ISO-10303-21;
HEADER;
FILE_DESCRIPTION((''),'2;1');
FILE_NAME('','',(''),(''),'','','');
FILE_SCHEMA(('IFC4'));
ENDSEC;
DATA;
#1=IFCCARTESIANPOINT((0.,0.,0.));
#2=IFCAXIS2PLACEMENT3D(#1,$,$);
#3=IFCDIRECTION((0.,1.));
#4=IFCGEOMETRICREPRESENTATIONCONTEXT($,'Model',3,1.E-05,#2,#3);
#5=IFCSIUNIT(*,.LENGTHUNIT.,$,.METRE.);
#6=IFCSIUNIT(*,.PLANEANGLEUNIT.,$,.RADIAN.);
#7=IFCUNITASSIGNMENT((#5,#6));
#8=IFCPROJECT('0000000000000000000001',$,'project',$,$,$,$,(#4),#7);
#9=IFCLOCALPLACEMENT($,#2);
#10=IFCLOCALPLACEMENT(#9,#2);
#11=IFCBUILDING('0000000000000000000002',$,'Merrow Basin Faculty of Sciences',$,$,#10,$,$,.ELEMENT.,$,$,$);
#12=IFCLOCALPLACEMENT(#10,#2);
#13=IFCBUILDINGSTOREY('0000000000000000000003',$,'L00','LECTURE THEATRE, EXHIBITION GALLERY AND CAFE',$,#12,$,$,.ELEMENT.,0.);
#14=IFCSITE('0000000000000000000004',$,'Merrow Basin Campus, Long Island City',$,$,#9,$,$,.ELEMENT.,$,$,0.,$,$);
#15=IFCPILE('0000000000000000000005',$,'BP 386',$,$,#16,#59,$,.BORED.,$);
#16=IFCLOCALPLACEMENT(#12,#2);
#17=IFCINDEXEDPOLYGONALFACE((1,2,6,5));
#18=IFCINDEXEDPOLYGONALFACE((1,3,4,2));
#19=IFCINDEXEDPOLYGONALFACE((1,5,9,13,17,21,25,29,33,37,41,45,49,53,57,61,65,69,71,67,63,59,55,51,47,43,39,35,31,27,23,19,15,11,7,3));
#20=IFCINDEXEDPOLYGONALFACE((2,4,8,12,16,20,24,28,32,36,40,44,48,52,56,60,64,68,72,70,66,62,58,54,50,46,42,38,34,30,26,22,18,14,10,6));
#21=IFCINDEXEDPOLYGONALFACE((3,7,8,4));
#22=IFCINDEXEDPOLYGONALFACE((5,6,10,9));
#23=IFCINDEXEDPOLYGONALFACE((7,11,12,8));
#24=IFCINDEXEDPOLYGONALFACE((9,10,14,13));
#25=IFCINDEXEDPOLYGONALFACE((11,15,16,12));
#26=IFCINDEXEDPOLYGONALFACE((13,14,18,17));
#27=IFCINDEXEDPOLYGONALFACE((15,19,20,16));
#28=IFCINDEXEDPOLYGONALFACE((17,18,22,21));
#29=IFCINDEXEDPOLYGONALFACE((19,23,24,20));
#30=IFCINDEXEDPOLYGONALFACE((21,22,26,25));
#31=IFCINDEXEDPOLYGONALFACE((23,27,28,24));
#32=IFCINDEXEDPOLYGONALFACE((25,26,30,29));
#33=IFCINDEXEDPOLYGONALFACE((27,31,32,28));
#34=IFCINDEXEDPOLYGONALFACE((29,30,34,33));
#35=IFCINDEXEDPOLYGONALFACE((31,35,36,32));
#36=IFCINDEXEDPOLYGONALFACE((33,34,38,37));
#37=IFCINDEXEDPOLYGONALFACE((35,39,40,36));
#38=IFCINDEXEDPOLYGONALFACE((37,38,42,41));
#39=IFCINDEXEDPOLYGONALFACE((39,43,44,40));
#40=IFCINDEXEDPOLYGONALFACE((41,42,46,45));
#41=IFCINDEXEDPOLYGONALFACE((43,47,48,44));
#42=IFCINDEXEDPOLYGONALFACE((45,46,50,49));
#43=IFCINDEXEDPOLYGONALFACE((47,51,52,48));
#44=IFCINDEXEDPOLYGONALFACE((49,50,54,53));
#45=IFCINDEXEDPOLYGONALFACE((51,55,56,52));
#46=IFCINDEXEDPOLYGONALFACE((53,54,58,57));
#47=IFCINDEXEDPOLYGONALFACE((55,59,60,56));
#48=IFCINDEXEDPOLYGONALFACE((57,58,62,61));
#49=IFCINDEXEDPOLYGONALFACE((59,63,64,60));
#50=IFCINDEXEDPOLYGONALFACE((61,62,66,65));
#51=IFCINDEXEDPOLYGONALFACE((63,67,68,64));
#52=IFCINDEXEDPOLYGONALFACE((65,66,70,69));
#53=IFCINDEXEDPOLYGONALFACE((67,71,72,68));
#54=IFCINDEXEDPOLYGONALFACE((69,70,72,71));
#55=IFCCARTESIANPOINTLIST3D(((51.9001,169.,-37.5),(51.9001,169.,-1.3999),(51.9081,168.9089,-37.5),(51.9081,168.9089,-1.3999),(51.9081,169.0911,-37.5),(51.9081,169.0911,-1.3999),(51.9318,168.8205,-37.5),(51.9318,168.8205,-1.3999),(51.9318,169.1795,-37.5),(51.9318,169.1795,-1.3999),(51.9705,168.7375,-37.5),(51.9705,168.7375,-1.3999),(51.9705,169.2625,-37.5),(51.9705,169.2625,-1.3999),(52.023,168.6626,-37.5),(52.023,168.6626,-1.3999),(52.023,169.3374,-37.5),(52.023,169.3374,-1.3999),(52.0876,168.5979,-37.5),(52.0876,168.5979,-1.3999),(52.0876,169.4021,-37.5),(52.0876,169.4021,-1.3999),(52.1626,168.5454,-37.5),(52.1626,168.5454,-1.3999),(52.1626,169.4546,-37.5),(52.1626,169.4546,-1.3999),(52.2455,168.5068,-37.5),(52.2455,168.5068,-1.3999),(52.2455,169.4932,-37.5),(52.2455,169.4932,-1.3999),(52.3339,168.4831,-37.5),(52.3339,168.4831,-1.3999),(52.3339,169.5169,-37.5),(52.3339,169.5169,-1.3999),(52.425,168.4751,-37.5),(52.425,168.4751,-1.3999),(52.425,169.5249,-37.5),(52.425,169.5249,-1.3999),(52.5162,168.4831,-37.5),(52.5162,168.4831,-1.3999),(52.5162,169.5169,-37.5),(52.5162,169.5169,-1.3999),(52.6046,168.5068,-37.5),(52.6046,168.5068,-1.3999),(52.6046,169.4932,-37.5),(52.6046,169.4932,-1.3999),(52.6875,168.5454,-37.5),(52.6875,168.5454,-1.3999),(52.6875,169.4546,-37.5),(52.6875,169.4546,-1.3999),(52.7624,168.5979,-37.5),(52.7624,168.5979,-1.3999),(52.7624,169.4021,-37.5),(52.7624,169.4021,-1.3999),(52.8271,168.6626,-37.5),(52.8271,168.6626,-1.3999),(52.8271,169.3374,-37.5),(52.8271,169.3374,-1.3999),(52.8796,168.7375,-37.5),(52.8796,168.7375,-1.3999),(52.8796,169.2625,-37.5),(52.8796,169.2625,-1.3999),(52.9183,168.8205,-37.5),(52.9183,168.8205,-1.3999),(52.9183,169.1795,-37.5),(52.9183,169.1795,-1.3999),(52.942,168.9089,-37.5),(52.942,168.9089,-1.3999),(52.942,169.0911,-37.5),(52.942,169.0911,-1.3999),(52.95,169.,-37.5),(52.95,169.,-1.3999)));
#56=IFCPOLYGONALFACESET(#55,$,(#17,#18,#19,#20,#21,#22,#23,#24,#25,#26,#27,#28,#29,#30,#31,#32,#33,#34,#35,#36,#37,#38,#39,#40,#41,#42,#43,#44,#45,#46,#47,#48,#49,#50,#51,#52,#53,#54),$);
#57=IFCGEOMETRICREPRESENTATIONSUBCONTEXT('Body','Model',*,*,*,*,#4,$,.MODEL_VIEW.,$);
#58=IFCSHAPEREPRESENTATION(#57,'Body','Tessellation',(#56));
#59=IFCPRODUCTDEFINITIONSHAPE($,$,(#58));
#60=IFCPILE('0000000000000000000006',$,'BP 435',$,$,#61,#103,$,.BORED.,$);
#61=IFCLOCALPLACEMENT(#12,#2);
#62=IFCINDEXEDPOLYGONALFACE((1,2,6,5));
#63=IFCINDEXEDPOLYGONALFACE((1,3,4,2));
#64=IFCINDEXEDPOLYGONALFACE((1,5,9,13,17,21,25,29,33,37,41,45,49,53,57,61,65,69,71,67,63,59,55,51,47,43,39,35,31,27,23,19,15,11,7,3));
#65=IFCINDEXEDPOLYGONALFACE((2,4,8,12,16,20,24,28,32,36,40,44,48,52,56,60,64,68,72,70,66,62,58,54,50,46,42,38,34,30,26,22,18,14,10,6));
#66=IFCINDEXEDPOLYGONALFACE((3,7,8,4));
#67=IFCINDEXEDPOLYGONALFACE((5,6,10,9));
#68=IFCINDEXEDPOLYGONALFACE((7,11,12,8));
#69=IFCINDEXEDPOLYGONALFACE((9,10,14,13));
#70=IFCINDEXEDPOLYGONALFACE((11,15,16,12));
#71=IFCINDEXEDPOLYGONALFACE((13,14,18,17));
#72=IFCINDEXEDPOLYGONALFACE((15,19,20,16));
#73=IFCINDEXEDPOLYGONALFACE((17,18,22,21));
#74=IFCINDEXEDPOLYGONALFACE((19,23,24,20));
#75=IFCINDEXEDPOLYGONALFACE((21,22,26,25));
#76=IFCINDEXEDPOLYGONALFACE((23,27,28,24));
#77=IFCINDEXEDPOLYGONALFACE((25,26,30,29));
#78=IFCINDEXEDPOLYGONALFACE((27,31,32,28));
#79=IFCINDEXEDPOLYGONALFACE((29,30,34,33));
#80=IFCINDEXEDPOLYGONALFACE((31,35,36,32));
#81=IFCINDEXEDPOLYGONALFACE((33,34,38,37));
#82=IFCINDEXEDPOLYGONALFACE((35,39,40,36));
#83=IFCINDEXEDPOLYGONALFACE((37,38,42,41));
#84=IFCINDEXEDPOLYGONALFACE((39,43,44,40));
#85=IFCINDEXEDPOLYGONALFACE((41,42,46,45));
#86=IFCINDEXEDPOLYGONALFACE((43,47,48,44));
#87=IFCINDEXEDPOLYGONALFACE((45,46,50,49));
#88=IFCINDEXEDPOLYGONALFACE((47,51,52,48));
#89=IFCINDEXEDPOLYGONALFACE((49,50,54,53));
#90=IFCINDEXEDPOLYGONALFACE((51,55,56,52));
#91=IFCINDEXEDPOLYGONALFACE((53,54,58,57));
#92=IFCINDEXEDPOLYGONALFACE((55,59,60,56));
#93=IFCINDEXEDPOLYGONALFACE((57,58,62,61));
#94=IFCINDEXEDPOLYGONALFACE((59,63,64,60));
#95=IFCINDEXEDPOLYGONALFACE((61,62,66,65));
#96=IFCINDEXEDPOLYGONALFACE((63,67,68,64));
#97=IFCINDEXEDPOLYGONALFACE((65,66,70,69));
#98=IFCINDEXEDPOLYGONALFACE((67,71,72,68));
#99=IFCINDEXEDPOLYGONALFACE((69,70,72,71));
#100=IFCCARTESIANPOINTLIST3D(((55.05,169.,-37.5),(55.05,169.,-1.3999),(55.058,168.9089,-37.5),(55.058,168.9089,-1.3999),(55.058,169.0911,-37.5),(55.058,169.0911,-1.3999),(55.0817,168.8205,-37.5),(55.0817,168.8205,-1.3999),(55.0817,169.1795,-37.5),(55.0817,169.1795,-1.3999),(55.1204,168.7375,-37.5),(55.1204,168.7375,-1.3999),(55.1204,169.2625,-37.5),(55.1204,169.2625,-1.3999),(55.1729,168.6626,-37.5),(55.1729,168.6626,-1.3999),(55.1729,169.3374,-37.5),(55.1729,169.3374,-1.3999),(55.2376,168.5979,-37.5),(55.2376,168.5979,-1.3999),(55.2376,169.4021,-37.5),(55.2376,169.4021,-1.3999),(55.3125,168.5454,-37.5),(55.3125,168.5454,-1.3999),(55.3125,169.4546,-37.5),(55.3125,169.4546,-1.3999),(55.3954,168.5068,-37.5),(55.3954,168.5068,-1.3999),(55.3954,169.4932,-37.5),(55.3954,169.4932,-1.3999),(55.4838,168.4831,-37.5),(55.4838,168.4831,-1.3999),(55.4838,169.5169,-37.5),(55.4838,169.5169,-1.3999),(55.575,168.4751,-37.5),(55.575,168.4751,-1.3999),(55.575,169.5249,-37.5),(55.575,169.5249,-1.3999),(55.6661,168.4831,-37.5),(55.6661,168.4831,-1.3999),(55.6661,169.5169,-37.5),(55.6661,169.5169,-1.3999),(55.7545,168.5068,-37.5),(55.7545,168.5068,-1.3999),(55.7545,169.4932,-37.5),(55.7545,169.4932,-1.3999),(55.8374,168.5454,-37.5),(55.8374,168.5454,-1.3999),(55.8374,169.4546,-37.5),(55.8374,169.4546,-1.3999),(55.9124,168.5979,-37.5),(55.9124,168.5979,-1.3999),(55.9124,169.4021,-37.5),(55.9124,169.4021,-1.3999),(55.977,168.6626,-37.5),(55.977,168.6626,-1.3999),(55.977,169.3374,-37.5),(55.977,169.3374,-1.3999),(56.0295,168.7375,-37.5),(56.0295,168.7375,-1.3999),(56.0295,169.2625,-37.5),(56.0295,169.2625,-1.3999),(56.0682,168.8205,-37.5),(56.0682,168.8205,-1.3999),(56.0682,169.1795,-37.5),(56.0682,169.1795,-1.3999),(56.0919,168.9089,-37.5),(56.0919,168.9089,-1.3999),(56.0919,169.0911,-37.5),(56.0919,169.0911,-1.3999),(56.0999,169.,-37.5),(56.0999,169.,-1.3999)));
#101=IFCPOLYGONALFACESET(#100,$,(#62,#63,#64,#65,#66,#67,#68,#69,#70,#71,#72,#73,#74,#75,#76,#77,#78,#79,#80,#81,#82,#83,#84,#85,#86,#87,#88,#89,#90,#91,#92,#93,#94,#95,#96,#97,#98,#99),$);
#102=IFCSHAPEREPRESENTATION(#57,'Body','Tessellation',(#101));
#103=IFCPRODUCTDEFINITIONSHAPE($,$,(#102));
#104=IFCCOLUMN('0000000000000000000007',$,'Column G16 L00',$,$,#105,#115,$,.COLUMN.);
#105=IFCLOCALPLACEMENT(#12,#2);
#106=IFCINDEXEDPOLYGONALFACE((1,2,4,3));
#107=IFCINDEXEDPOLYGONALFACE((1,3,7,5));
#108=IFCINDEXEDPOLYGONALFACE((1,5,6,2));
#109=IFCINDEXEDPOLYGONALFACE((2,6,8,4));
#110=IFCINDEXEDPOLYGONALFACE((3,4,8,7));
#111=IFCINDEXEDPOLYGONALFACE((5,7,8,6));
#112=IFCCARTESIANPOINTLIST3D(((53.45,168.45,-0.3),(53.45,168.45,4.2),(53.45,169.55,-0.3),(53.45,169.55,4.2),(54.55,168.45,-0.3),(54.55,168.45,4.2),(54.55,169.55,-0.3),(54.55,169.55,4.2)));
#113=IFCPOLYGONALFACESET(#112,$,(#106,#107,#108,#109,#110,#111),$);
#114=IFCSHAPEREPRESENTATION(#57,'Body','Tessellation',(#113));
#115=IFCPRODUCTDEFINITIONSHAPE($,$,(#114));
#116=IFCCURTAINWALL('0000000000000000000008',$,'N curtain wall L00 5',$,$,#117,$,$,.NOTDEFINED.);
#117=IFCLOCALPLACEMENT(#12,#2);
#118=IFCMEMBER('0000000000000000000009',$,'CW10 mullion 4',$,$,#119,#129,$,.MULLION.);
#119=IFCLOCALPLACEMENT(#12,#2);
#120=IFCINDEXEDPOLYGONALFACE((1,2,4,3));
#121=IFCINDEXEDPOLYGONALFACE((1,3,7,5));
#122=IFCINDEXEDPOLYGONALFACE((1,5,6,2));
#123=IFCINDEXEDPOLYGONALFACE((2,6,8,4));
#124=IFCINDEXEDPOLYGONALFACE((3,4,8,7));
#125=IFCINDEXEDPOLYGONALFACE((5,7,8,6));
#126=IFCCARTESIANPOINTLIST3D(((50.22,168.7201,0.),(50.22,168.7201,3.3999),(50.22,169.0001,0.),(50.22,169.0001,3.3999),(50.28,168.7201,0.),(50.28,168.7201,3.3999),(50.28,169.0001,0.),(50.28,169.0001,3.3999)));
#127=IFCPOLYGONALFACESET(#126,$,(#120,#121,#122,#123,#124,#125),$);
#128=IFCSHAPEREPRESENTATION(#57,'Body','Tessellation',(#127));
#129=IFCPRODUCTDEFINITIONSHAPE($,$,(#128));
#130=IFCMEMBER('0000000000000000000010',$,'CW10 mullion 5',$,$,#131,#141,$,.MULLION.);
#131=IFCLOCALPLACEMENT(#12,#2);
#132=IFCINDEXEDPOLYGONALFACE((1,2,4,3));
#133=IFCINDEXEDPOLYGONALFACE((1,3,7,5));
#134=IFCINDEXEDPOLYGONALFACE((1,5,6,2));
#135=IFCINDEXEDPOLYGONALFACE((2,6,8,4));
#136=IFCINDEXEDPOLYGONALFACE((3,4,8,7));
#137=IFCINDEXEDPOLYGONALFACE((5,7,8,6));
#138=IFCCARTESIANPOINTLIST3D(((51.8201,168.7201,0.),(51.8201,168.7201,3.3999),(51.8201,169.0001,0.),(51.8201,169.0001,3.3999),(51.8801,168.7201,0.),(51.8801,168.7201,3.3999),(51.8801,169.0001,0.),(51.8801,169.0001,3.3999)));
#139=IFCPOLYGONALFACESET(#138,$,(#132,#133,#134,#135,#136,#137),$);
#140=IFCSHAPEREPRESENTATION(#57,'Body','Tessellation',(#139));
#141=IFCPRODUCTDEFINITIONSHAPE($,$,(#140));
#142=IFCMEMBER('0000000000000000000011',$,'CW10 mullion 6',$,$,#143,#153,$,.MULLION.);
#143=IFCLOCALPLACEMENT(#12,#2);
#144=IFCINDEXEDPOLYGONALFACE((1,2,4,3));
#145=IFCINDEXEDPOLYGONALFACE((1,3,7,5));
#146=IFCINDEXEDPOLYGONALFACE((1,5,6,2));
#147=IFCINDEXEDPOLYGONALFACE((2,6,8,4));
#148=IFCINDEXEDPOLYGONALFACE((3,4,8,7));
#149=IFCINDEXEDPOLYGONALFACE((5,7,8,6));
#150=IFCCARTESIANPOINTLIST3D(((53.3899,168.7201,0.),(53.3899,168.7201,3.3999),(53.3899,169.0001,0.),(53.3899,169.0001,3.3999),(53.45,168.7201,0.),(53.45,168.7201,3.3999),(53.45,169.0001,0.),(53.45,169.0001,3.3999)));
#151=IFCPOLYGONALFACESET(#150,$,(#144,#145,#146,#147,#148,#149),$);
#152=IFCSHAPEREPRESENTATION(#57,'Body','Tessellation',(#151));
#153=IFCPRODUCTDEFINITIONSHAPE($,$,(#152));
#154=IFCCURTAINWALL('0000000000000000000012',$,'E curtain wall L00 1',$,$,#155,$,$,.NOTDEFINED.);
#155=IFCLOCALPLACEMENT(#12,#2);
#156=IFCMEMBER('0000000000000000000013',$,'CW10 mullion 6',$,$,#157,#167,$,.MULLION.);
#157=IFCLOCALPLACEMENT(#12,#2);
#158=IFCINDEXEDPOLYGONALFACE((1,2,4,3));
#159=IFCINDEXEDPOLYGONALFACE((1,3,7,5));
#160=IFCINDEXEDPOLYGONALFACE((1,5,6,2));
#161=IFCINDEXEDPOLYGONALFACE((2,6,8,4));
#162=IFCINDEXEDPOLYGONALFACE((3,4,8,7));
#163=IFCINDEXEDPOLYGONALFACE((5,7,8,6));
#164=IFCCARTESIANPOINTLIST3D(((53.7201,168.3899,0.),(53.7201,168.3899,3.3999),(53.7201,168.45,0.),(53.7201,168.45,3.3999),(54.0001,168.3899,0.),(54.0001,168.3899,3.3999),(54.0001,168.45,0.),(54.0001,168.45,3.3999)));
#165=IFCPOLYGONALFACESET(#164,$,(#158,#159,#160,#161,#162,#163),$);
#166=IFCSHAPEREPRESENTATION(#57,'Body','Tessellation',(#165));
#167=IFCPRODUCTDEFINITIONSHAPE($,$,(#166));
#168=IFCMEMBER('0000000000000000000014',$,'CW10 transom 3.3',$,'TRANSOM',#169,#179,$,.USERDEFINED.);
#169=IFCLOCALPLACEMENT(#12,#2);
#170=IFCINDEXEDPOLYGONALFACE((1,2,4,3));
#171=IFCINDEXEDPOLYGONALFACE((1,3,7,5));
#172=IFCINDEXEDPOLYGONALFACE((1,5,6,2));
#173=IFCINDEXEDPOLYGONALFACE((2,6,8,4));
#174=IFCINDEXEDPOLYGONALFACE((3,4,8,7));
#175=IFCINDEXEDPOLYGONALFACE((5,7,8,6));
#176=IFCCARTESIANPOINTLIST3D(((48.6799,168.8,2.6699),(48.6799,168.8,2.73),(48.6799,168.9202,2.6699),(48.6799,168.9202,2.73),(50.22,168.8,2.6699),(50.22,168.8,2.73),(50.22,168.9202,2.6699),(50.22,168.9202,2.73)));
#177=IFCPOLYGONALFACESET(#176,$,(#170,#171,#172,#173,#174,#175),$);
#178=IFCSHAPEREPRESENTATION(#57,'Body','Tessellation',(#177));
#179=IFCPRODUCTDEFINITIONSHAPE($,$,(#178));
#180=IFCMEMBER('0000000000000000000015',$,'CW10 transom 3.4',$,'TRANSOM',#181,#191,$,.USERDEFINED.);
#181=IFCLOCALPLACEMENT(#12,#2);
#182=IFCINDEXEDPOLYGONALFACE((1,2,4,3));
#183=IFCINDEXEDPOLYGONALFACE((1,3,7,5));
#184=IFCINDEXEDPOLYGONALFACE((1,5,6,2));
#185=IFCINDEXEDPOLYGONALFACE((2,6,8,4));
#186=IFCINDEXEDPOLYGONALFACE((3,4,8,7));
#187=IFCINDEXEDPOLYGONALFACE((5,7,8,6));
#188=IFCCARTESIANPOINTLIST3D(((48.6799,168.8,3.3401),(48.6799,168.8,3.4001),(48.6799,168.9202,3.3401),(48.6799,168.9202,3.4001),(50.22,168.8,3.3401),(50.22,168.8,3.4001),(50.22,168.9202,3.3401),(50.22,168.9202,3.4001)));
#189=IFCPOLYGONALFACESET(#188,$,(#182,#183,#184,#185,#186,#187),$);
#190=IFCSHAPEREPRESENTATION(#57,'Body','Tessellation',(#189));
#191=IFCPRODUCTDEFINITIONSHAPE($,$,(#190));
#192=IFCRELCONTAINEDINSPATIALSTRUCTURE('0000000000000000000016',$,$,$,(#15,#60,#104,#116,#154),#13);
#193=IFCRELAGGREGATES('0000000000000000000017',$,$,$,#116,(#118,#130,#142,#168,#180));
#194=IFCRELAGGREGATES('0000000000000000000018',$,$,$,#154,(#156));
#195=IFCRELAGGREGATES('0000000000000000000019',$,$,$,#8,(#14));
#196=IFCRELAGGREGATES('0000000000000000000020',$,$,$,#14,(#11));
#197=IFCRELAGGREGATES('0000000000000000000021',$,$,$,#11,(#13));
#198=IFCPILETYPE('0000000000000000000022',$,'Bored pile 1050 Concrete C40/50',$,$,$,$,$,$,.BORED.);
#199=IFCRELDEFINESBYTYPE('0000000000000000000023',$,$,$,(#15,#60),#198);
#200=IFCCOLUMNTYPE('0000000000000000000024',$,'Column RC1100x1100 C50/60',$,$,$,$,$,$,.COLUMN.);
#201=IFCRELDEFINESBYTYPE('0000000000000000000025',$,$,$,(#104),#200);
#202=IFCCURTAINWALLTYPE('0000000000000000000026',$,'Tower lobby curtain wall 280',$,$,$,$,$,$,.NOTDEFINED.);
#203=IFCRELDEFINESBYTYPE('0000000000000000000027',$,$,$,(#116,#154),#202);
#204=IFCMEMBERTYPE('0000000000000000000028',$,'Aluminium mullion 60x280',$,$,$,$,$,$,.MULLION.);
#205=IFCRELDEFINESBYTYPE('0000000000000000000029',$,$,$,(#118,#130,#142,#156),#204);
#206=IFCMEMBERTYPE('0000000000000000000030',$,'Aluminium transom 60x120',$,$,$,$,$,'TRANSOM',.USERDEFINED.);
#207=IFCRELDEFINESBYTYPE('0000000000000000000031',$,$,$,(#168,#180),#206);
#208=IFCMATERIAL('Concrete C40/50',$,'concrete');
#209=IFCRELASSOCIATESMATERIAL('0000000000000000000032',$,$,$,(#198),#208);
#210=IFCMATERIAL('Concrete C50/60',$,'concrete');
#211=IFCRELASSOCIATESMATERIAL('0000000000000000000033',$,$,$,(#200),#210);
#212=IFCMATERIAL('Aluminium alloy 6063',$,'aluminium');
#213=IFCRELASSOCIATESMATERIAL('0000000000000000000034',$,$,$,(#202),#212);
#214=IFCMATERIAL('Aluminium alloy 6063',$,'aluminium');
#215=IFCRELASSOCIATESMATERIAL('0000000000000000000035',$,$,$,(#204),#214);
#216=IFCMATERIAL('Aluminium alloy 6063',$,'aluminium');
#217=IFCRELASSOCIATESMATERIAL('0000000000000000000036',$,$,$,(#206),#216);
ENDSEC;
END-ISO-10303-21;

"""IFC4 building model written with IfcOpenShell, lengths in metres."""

from ifc_helpers import new_model, si_unit, direction, frame, origin, origin_2d, place, context, subcontext, project, spatial, rectangle, circle, extrude, material, material_profile, profile_set, type_object, element, aggregate, save


model = new_model("IFC4")

# Units and contexts
model_context = context("Model", 3, precision=1e-05, world=origin(), true_north=direction((0.0, 1.0)))
body_context = subcontext(model_context, "Body", "Model", "MODEL_VIEW")
ifc_project = project(units=[si_unit("LENGTHUNIT", "METRE"), si_unit("PLANEANGLEUNIT", "RADIAN")], contexts=[model_context])

# Site, building, storey
site_placement = place(None, origin())
site = spatial("IfcSite", under=ifc_project, at=site_placement, Name="Merrow Basin Campus, Long Island City", CompositionType="ELEMENT", RefElevation=0.0)
building_placement = place(site_placement, origin())
building = spatial("IfcBuilding", under=site, at=building_placement, Name="Merrow Basin Faculty of Sciences", CompositionType="ELEMENT")
storey_placement = place(building_placement, origin())
storey = spatial("IfcBuildingStorey", under=building, at=storey_placement, Name="L00", Description="LECTURE THEATRE, EXHIBITION GALLERY AND CAFE", CompositionType="ELEMENT", Elevation=0.0)

# Piles
ifc_material_1 = material(Name="Concrete C40/50", Category="concrete")
ifc_material_profile_1 = material_profile(ifc_material_1, circle(Radius=0.5249, at=origin_2d()))
ifc_profile_set_1 = profile_set([ifc_material_profile_1], Name="Concrete C40/50")
pile_type = type_object("IfcPileType", Name="Bored pile 1050 Concrete C40/50", PredefinedType="BORED", material=ifc_profile_set_1)
for number, where, z_axis, x_axis, name in (
    (1, (52.425, 169.0, -1.3999), (0.0, 0.0, -1.0), (1.0, 0.0, 0.0), "BP 386"),
    (2, (55.575, 169.0, -1.3999), (0.0, 0.0, -1.0), (1.0, 0.0, 0.0), "BP 435"),
):
    element("IfcPile", number, at=place(storey_placement, frame(where, z_axis=z_axis, x_axis=x_axis)), inside=storey, type_object=pile_type, Name=name, PredefinedType="BORED", context=body_context, shape_type="SweptSolid", body=[
        extrude(circle(Radius=0.5249, at=origin_2d()), origin(), (0.0, 0.0, 1.0), 36.1001),
    ])

# Column
ifc_material_2 = material(Name="Concrete C50/60", Category="concrete")
ifc_material_profile_2 = material_profile(ifc_material_2, rectangle(XDim=1.1001, YDim=1.1001, at=origin_2d()))
ifc_profile_set_2 = profile_set([ifc_material_profile_2], Name="Concrete C50/60")
column_type = type_object("IfcColumnType", Name="Column RC1100x1100 C50/60", PredefinedType="COLUMN", material=ifc_profile_set_2)
column_placement = place(storey_placement, frame((54.0, 169.0, -0.3), z_axis=(0.0, 0.0, 1.0), x_axis=(1.0, 0.0, 0.0)))
element("IfcColumn", 3, at=column_placement, inside=storey, type_object=column_type, Name="Column G16 L00", PredefinedType="COLUMN", context=body_context, shape_type="SweptSolid", body=[
    extrude(rectangle(XDim=1.1001, YDim=1.1001, at=origin_2d()), origin(), (0.0, 0.0, 1.0), 4.5),
])

# Curtain wall, members
ifc_material_3 = material(Name="Aluminium alloy 6063", Category="aluminium")
curtain_wall_type = type_object("IfcCurtainWallType", Name="Tower lobby curtain wall 280", PredefinedType="NOTDEFINED", material=ifc_material_3)
curtain_wall_1_placement = place(storey_placement, origin())
curtain_wall_1 = element("IfcCurtainWall", 4, at=curtain_wall_1_placement, inside=storey, type_object=curtain_wall_type, Name="N curtain wall L00 5", PredefinedType="NOTDEFINED")
ifc_material_4 = material(Name="Aluminium alloy 6063", Category="aluminium")
ifc_material_profile_3 = material_profile(ifc_material_4, rectangle(XDim=0.28, YDim=0.0601, at=origin_2d()))
ifc_profile_set_3 = profile_set([ifc_material_profile_3], Name="Aluminium alloy 6063")
member_type_1 = type_object("IfcMemberType", Name="Aluminium mullion 60x280", PredefinedType="MULLION", material=ifc_profile_set_3)
member_1_placement = place(storey_placement, frame((50.25, 168.8601, 0.0), z_axis=(0.0, 0.0, 1.0), x_axis=(0.0, 1.0, 0.0)))
member_1 = element("IfcMember", 5, at=member_1_placement, type_object=member_type_1, Name="CW10 mullion 4", PredefinedType="MULLION", context=body_context, shape_type="SweptSolid", body=[
    extrude(rectangle(XDim=0.28, YDim=0.0601, at=origin_2d()), origin(), (0.0, 0.0, 1.0), 3.3999),
])
member_2_placement = place(storey_placement, frame((51.8501, 168.8601, 0.0), z_axis=(0.0, 0.0, 1.0), x_axis=(0.0, 1.0, 0.0)))
member_2 = element("IfcMember", 6, at=member_2_placement, type_object=member_type_1, Name="CW10 mullion 5", PredefinedType="MULLION", context=body_context, shape_type="SweptSolid", body=[
    extrude(rectangle(XDim=0.28, YDim=0.0601, at=origin_2d()), origin(), (0.0, 0.0, 1.0), 3.3999),
])
member_3_placement = place(storey_placement, frame((53.4199, 168.8601, 0.0), z_axis=(0.0, 0.0, 1.0), x_axis=(0.0, 1.0, 0.0)))
member_3 = element("IfcMember", 7, at=member_3_placement, type_object=member_type_1, Name="CW10 mullion 6", PredefinedType="MULLION", context=body_context, shape_type="SweptSolid", body=[
    extrude(rectangle(XDim=0.28, YDim=0.0601, at=origin_2d()), origin(), (0.0, 0.0, 1.0), 3.3999),
])

# Curtain wall, member
curtain_wall_2_placement = place(storey_placement, origin())
curtain_wall_2 = element("IfcCurtainWall", 8, at=curtain_wall_2_placement, inside=storey, type_object=curtain_wall_type, Name="E curtain wall L00 1", PredefinedType="NOTDEFINED")
member_4_placement = place(storey_placement, frame((53.8601, 168.4199, 0.0), z_axis=(0.0, 0.0, 1.0), x_axis=(-1.0, 0.0, 0.0)))
member_4 = element("IfcMember", 9, at=member_4_placement, type_object=member_type_1, Name="CW10 mullion 6", PredefinedType="MULLION", context=body_context, shape_type="SweptSolid", body=[
    extrude(rectangle(XDim=0.28, YDim=0.0601, at=origin_2d()), origin(), (0.0, 0.0, 1.0), 3.3999),
])

# Members
ifc_material_5 = material(Name="Aluminium alloy 6063", Category="aluminium")
ifc_material_profile_4 = material_profile(ifc_material_5, rectangle(XDim=0.1201, YDim=0.0601, at=origin_2d()))
ifc_profile_set_4 = profile_set([ifc_material_profile_4], Name="Aluminium alloy 6063")
member_type_2 = type_object("IfcMemberType", Name="Aluminium transom 60x120", ElementType="TRANSOM", PredefinedType="USERDEFINED", material=ifc_profile_set_4)
member_5_placement = place(storey_placement, frame((48.6799, 168.8601, 2.7), z_axis=(1.0, 0.0, 0.0), x_axis=(0.0, 1.0, 0.0)))
member_5 = element("IfcMember", 10, at=member_5_placement, type_object=member_type_2, Name="CW10 transom 3.3", ObjectType="TRANSOM", PredefinedType="USERDEFINED", context=body_context, shape_type="SweptSolid", body=[
    extrude(rectangle(XDim=0.1201, YDim=0.0601, at=origin_2d()), origin(), (0.0, 0.0, 1.0), 1.54),
])
member_6_placement = place(storey_placement, frame((48.6799, 168.8601, 3.3701), z_axis=(1.0, 0.0, 0.0), x_axis=(0.0, 1.0, 0.0)))
member_6 = element("IfcMember", 11, at=member_6_placement, type_object=member_type_2, Name="CW10 transom 3.4", ObjectType="TRANSOM", PredefinedType="USERDEFINED", context=body_context, shape_type="SweptSolid", body=[
    extrude(rectangle(XDim=0.1201, YDim=0.0601, at=origin_2d()), origin(), (0.0, 0.0, 1.0), 1.54),
])

aggregate(curtain_wall_1, [member_1, member_2, member_3, member_5, member_6])
aggregate(curtain_wall_2, [member_4])

save(model, "model.ifc")
